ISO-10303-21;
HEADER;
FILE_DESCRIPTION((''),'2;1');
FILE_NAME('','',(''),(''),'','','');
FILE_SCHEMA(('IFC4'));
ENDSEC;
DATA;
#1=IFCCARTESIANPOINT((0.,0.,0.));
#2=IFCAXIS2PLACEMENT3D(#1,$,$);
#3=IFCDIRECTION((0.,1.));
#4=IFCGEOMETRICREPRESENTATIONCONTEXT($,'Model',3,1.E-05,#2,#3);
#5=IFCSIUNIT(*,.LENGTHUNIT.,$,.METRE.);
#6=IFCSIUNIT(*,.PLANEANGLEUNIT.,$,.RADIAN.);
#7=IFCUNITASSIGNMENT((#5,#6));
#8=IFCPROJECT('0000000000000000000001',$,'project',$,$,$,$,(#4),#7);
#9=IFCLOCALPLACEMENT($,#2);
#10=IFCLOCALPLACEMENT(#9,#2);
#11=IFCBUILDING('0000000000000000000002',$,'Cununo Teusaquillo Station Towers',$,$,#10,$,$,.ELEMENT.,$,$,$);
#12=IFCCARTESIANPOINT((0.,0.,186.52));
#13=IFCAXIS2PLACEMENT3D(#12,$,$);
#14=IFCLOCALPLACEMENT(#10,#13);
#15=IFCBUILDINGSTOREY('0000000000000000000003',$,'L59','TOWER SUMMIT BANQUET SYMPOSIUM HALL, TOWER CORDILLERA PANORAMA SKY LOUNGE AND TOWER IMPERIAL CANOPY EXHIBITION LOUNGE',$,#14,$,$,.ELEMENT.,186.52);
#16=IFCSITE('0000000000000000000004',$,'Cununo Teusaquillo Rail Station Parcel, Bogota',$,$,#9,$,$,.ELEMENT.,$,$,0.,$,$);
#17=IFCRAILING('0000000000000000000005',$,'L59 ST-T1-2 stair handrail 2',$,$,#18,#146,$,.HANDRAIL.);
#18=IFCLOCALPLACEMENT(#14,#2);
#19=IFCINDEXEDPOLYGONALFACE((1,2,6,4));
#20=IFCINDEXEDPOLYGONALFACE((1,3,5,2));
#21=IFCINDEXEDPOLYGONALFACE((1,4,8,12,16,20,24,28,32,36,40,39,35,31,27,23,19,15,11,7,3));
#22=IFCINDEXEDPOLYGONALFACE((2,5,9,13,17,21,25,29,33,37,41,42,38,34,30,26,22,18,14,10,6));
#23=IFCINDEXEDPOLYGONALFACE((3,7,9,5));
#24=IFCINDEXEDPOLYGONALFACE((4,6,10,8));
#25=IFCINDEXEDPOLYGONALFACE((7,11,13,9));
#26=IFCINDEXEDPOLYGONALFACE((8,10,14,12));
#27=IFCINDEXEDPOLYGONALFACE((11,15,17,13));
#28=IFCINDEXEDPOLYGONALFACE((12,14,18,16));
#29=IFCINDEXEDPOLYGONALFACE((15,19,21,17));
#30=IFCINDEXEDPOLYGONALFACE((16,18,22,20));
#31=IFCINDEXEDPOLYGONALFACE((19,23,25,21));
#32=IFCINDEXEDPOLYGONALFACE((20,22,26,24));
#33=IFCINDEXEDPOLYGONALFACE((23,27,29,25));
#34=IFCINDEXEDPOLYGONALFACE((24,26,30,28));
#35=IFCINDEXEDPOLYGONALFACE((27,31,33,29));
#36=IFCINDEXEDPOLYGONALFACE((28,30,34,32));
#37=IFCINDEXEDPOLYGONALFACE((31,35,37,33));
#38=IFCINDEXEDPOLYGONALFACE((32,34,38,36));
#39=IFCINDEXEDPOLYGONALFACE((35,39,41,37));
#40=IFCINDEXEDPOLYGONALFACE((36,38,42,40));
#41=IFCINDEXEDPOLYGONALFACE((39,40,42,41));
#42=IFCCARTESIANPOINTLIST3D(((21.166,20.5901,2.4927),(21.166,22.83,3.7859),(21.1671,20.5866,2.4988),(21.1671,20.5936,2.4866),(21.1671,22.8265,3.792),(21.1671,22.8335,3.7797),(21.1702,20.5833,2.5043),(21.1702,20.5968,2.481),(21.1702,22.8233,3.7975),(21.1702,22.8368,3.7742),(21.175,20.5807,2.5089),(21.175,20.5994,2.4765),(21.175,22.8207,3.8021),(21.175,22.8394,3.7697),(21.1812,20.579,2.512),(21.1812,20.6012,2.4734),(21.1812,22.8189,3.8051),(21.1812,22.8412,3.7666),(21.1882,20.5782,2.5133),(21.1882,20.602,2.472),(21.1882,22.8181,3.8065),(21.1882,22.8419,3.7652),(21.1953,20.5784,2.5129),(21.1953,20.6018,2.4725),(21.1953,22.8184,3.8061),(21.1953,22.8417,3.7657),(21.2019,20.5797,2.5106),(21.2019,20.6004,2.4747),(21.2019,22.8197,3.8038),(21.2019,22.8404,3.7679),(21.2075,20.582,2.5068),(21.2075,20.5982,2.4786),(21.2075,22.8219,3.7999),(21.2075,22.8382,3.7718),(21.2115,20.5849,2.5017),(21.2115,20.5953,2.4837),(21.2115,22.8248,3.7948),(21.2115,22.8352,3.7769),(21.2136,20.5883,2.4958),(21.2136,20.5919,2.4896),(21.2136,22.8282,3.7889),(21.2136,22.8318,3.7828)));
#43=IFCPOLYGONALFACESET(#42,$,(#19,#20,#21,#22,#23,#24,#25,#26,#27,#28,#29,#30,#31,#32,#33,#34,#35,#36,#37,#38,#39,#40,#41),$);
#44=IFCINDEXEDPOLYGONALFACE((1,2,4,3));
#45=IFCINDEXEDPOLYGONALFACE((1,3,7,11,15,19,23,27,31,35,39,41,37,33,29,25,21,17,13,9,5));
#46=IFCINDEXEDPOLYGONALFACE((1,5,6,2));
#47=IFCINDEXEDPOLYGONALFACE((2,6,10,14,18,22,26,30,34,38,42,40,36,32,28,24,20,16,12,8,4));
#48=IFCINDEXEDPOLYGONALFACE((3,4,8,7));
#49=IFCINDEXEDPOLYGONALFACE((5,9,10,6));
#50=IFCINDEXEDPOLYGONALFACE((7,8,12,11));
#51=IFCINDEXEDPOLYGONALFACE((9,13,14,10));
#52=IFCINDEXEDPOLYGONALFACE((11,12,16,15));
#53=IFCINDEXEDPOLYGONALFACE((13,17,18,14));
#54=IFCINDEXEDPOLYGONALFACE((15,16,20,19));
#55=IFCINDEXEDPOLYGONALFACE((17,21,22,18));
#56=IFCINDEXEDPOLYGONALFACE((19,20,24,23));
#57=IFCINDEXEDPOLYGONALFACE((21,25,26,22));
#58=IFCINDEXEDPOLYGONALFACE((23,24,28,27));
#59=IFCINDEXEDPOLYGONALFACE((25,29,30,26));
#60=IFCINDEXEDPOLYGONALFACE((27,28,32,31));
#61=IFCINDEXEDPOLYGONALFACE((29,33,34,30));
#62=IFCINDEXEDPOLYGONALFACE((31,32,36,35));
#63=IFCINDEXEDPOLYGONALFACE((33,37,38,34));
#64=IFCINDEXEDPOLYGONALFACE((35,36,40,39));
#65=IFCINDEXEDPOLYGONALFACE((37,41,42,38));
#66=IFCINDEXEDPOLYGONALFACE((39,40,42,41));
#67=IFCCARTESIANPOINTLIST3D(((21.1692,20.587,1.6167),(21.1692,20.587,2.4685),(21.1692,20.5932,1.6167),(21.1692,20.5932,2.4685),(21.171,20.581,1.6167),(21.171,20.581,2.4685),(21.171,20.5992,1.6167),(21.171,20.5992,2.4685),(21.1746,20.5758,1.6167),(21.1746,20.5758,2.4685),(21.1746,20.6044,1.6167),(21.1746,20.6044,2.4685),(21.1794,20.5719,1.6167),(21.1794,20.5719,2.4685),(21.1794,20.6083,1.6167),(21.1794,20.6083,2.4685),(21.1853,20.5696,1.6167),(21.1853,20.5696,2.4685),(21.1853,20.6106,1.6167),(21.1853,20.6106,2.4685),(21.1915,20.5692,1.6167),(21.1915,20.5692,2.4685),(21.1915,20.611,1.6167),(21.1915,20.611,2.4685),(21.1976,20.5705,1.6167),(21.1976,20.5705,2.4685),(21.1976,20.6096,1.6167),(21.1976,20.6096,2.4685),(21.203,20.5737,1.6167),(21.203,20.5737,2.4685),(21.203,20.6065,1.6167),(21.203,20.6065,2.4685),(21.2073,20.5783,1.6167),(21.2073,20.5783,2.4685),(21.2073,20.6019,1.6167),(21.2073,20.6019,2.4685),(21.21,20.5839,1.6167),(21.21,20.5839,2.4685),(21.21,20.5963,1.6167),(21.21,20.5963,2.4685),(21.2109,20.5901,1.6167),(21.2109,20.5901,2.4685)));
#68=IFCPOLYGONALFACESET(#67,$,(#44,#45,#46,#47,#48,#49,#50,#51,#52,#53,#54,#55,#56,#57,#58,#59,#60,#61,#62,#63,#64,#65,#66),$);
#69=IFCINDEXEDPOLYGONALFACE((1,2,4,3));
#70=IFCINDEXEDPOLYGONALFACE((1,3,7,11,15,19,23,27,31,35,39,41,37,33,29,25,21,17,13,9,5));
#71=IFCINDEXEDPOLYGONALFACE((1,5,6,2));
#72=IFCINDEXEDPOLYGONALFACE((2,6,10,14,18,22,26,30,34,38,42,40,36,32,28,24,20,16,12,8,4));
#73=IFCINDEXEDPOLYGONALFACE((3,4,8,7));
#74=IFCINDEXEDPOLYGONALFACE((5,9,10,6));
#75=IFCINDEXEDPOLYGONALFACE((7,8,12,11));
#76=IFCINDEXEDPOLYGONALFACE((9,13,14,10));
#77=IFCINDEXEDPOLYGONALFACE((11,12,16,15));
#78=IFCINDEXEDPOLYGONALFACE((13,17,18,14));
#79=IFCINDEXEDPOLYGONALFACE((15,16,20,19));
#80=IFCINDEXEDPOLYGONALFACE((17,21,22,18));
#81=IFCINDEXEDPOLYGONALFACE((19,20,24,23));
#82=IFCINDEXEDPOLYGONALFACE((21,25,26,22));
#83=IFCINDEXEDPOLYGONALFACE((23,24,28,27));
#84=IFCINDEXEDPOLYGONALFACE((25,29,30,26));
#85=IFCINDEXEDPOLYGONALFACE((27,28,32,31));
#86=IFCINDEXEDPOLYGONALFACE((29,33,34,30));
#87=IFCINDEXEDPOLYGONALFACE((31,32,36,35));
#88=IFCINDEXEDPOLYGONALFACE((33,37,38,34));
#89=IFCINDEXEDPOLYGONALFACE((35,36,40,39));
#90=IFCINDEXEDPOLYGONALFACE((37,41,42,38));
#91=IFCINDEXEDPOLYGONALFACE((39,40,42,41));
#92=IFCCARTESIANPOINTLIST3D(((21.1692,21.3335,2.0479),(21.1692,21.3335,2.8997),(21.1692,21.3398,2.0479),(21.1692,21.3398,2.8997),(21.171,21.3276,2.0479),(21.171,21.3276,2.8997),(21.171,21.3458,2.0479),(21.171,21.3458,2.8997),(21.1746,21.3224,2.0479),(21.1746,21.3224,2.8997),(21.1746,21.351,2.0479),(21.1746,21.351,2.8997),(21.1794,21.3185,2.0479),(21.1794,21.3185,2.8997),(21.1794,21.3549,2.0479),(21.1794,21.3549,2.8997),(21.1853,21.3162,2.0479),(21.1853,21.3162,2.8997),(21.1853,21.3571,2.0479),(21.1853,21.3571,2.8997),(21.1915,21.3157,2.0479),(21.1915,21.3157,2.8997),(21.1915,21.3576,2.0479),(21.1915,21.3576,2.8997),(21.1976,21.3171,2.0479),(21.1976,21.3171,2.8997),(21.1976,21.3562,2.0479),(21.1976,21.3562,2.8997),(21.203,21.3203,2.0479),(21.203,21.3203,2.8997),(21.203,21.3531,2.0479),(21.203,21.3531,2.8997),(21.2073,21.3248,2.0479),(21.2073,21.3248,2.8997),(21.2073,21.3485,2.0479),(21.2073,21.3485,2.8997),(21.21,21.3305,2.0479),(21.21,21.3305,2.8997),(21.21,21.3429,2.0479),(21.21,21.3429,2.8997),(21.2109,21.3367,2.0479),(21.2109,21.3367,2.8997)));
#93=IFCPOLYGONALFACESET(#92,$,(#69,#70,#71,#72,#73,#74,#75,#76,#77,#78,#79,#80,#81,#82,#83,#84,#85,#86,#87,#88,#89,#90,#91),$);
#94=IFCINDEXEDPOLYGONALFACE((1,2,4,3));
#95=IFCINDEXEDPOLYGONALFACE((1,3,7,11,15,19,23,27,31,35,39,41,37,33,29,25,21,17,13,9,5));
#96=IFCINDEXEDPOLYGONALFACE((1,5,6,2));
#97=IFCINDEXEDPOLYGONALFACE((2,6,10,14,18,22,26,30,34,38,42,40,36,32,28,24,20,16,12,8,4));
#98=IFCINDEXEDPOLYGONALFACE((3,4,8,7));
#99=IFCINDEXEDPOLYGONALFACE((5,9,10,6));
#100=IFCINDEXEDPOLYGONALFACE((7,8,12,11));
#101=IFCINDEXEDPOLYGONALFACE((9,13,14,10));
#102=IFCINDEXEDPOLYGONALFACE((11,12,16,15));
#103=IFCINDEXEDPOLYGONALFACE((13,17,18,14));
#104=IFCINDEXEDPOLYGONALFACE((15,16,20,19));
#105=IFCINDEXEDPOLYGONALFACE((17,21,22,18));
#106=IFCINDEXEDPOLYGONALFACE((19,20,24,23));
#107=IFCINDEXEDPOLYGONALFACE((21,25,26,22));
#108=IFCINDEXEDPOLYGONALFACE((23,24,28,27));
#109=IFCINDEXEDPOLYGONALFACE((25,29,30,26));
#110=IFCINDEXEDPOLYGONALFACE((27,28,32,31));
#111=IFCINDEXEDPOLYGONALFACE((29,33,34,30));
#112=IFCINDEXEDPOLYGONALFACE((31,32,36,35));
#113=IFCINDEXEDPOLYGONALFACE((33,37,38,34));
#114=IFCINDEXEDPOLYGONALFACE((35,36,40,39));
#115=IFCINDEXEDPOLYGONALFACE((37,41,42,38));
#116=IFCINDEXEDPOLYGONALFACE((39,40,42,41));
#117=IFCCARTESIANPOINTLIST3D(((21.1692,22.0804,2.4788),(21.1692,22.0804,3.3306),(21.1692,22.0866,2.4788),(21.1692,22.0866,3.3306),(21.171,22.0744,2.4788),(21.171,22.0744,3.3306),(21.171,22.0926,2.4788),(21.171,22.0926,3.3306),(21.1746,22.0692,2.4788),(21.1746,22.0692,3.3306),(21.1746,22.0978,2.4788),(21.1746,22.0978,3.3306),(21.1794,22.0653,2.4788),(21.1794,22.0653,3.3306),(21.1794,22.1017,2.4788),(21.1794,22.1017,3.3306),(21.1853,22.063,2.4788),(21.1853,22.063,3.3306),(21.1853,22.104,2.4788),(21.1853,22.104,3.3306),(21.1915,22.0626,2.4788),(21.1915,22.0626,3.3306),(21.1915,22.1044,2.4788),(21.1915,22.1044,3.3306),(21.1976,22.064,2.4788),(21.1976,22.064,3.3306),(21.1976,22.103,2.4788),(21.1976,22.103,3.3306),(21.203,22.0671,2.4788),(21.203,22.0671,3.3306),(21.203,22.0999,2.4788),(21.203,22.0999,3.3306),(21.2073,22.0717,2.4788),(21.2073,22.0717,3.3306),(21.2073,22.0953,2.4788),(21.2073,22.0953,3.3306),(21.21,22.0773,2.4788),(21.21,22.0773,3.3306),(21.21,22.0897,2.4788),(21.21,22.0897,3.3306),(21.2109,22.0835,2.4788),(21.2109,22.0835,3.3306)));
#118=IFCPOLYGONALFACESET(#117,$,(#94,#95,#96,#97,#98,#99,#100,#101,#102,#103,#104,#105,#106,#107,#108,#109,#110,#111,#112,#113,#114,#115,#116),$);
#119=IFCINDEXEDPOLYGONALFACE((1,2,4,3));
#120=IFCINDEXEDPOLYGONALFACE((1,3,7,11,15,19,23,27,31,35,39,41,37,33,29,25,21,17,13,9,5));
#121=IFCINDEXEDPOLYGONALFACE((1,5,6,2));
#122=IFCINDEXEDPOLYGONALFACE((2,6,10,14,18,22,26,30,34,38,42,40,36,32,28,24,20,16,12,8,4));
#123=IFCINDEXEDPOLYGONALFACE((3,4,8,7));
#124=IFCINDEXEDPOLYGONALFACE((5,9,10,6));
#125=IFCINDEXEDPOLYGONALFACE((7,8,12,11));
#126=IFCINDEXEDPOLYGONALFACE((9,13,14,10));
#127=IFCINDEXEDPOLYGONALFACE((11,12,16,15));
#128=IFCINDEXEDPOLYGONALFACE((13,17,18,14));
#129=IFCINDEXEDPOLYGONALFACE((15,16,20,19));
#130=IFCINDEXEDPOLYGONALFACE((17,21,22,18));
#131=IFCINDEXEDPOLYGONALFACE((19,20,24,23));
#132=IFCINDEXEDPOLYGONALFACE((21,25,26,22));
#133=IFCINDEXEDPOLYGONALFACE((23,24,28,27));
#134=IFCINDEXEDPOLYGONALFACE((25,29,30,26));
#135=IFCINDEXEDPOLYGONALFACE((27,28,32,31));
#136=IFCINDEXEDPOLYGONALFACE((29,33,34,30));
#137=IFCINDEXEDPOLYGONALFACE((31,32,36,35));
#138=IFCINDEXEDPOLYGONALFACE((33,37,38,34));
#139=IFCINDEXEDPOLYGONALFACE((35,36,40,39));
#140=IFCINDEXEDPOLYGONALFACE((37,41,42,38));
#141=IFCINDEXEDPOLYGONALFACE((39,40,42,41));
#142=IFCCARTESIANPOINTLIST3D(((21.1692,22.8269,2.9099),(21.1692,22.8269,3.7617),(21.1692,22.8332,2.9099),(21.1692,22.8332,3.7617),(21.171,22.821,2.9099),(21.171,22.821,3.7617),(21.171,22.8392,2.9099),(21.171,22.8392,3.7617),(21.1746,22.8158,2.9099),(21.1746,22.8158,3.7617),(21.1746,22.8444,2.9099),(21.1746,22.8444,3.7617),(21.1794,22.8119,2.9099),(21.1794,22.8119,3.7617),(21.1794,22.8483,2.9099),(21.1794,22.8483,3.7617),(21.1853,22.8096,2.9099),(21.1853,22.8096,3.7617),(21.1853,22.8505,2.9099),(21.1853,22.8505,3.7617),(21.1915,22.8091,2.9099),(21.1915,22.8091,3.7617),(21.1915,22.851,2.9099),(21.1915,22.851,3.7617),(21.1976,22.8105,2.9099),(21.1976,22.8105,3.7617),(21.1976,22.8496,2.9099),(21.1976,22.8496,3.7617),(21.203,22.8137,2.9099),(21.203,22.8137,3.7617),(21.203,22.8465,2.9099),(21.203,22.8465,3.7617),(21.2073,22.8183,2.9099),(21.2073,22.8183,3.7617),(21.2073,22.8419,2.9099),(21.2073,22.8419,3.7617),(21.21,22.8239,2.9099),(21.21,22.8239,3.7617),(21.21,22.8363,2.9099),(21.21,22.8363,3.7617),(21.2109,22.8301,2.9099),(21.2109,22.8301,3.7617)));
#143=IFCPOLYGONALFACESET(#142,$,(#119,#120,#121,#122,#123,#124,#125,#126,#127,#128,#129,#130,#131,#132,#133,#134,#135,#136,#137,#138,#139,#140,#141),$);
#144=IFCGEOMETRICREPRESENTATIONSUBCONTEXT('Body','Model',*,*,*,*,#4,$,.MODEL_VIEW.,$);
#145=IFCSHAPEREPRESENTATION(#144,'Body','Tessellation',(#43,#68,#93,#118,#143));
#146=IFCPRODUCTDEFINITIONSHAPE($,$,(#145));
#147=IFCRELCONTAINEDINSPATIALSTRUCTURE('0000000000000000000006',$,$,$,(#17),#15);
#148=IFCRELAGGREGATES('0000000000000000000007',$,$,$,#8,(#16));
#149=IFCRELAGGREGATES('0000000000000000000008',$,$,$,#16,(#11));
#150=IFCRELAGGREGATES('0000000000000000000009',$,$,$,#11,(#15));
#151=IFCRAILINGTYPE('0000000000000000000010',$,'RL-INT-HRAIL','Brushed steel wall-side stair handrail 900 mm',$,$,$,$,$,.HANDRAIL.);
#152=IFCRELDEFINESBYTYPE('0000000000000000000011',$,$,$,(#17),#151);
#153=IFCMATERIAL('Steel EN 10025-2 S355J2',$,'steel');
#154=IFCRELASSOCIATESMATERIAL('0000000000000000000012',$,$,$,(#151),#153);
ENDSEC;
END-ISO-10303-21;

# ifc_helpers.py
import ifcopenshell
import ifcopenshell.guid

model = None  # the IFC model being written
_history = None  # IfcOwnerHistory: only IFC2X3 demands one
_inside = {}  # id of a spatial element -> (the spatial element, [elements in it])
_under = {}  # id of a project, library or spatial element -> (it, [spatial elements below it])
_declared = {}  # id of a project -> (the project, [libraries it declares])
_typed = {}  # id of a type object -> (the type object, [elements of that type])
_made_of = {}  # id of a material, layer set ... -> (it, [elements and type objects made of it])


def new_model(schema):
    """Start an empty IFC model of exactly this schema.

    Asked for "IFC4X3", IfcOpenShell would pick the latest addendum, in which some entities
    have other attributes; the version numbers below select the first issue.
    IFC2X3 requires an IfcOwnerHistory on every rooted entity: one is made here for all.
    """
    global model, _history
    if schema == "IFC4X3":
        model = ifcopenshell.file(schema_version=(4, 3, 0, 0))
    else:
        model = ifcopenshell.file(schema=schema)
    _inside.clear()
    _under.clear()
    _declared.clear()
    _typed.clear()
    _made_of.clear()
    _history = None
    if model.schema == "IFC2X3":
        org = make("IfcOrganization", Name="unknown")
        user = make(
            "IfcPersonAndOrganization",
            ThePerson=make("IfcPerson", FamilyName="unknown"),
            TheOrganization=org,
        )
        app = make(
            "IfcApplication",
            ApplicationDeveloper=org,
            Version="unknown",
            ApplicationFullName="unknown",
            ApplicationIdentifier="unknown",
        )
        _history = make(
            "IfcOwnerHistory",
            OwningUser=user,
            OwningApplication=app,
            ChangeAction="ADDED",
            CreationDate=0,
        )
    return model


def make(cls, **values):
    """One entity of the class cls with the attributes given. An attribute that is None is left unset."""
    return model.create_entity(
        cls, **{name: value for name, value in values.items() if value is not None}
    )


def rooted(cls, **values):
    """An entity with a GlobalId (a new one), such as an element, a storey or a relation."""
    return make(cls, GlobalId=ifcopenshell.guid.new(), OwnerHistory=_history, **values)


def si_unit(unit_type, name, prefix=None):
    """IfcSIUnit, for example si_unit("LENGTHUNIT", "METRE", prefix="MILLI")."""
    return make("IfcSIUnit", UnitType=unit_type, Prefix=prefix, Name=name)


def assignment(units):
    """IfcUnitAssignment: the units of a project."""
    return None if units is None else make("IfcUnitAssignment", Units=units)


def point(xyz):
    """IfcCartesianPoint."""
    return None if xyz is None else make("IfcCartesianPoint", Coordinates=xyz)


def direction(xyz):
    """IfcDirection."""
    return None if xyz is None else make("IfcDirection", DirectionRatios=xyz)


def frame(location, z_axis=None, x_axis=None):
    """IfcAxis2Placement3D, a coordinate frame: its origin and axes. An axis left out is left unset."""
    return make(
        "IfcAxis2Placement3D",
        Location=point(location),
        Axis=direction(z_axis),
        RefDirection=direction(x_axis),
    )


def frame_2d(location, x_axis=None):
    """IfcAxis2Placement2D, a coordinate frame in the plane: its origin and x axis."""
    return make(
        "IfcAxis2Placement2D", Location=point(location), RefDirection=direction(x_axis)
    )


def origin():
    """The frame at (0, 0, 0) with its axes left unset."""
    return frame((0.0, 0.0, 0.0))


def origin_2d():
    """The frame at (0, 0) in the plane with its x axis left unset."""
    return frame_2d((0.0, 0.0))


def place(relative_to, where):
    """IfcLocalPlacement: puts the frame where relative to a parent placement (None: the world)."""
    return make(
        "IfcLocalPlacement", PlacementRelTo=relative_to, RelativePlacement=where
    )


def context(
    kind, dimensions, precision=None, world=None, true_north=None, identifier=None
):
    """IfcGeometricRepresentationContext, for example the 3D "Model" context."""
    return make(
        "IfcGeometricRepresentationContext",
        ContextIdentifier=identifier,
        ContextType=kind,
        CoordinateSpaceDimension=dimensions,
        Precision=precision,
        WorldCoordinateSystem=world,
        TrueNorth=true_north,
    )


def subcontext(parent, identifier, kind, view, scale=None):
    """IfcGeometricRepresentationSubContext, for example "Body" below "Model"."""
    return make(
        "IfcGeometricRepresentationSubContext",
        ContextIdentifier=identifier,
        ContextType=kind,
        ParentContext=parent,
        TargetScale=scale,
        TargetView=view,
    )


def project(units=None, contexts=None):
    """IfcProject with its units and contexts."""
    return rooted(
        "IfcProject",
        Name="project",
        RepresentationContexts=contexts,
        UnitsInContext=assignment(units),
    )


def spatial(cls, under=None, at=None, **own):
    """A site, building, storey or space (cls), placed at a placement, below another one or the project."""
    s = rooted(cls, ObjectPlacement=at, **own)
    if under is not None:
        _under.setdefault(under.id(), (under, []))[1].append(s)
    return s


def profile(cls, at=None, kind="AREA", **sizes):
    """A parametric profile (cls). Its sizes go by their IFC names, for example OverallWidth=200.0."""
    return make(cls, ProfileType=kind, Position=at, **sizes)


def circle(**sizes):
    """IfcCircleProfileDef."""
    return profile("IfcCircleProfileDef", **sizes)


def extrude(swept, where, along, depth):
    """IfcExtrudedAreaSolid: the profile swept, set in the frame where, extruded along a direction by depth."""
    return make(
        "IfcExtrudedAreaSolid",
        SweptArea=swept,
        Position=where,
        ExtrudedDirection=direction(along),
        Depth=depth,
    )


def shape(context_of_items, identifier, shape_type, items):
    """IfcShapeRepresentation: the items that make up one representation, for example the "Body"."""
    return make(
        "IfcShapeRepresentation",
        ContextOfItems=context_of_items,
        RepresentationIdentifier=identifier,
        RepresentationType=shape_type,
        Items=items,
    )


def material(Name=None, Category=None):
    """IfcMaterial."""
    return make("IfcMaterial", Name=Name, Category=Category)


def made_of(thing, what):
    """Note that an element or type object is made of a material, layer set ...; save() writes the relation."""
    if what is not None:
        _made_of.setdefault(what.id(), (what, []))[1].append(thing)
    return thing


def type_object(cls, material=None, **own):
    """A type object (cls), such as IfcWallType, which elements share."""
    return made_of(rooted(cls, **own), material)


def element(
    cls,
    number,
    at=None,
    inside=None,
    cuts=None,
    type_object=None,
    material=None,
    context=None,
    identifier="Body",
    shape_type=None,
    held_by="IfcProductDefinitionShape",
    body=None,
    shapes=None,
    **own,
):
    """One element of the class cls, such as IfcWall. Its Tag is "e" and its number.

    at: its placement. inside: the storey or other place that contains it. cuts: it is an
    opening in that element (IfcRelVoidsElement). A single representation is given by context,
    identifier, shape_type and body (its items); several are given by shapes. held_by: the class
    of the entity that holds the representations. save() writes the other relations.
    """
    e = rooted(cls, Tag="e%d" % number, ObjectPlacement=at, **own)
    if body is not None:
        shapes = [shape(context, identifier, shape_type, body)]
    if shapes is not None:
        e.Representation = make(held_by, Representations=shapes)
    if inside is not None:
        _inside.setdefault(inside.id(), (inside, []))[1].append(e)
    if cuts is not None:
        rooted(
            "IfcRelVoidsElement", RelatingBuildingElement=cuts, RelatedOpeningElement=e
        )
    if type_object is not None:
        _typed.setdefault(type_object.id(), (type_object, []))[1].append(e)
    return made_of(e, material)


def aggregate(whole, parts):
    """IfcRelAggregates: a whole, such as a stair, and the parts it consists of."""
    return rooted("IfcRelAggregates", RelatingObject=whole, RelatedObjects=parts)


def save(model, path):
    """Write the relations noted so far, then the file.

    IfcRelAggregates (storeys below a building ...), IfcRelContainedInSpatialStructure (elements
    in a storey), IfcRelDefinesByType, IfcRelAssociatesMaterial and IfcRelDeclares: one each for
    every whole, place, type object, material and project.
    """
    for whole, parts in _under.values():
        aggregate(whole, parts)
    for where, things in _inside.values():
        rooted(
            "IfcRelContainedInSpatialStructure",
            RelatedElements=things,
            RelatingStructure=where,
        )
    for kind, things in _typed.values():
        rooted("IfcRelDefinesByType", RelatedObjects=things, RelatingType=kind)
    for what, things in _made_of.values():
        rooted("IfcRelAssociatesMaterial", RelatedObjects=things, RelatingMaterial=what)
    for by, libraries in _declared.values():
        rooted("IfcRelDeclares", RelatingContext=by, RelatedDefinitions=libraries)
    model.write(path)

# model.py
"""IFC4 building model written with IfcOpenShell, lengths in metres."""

from ifc_helpers import new_model, si_unit, direction, frame, origin, origin_2d, place, context, subcontext, project, spatial, circle, extrude, material, type_object, element, save


model = new_model("IFC4")

# Units and contexts
model_context = context("Model", 3, precision=1e-05, world=origin(), true_north=direction((0.0, 1.0)))
body_context = subcontext(model_context, "Body", "Model", "MODEL_VIEW")
ifc_project = project(units=[si_unit("LENGTHUNIT", "METRE"), si_unit("PLANEANGLEUNIT", "RADIAN")], contexts=[model_context])

# Site, building, storey
site_placement = place(None, origin())
site = spatial("IfcSite", under=ifc_project, at=site_placement, Name="Cununo Teusaquillo Rail Station Parcel, Bogota", CompositionType="ELEMENT", RefElevation=0.0)
building_placement = place(site_placement, origin())
building = spatial("IfcBuilding", under=site, at=building_placement, Name="Cununo Teusaquillo Station Towers", CompositionType="ELEMENT")
storey_placement = place(building_placement, frame((0.0, 0.0, 186.52)))
storey = spatial("IfcBuildingStorey", under=building, at=storey_placement, Name="L59", Description="TOWER SUMMIT BANQUET SYMPOSIUM HALL, TOWER CORDILLERA PANORAMA SKY LOUNGE AND TOWER IMPERIAL CANOPY EXHIBITION LOUNGE", CompositionType="ELEMENT", Elevation=186.52)

# Railing
ifc_material_1 = material(Name="Steel EN 10025-2 S355J2", Category="steel")
railing_type_1 = type_object("IfcRailingType", Name="RL-INT-HRAIL", Description="Brushed steel wall-side stair handrail 900 mm", PredefinedType="HANDRAIL", material=ifc_material_1)
railing_1_placement = place(storey_placement, frame((21.1899, 20.5901, 1.6167)))
element("IfcRailing", 1, at=railing_1_placement, inside=storey, type_object=railing_type_1, Name="L59 ST-T1-2 stair handrail 2", PredefinedType="HANDRAIL", context=body_context, shape_type="SweptSolid", body=[
    extrude(circle(Radius=0.0239, at=origin_2d()), frame((0.0, 0.0, 0.876), z_axis=(0.0, 0.866033, 0.499987), x_axis=(-1.0, 0.0, 0.0)), (0.0, 0.0, 1.0), 2.5864),
    extrude(circle(Radius=0.021, at=origin_2d()), origin(), (0.0, 0.0, 1.0), 0.8518),
    extrude(circle(Radius=0.021, at=origin_2d()), frame((0.0, 0.7466, 0.4312)), (0.0, 0.0, 1.0), 0.8518),
    extrude(circle(Radius=0.021, at=origin_2d()), frame((0.0, 1.4934, 0.8621)), (0.0, 0.0, 1.0), 0.8518),
    extrude(circle(Radius=0.021, at=origin_2d()), frame((0.0, 2.24, 1.2932)), (0.0, 0.0, 1.0), 0.8518),
])

save(model, "model.ifc")
